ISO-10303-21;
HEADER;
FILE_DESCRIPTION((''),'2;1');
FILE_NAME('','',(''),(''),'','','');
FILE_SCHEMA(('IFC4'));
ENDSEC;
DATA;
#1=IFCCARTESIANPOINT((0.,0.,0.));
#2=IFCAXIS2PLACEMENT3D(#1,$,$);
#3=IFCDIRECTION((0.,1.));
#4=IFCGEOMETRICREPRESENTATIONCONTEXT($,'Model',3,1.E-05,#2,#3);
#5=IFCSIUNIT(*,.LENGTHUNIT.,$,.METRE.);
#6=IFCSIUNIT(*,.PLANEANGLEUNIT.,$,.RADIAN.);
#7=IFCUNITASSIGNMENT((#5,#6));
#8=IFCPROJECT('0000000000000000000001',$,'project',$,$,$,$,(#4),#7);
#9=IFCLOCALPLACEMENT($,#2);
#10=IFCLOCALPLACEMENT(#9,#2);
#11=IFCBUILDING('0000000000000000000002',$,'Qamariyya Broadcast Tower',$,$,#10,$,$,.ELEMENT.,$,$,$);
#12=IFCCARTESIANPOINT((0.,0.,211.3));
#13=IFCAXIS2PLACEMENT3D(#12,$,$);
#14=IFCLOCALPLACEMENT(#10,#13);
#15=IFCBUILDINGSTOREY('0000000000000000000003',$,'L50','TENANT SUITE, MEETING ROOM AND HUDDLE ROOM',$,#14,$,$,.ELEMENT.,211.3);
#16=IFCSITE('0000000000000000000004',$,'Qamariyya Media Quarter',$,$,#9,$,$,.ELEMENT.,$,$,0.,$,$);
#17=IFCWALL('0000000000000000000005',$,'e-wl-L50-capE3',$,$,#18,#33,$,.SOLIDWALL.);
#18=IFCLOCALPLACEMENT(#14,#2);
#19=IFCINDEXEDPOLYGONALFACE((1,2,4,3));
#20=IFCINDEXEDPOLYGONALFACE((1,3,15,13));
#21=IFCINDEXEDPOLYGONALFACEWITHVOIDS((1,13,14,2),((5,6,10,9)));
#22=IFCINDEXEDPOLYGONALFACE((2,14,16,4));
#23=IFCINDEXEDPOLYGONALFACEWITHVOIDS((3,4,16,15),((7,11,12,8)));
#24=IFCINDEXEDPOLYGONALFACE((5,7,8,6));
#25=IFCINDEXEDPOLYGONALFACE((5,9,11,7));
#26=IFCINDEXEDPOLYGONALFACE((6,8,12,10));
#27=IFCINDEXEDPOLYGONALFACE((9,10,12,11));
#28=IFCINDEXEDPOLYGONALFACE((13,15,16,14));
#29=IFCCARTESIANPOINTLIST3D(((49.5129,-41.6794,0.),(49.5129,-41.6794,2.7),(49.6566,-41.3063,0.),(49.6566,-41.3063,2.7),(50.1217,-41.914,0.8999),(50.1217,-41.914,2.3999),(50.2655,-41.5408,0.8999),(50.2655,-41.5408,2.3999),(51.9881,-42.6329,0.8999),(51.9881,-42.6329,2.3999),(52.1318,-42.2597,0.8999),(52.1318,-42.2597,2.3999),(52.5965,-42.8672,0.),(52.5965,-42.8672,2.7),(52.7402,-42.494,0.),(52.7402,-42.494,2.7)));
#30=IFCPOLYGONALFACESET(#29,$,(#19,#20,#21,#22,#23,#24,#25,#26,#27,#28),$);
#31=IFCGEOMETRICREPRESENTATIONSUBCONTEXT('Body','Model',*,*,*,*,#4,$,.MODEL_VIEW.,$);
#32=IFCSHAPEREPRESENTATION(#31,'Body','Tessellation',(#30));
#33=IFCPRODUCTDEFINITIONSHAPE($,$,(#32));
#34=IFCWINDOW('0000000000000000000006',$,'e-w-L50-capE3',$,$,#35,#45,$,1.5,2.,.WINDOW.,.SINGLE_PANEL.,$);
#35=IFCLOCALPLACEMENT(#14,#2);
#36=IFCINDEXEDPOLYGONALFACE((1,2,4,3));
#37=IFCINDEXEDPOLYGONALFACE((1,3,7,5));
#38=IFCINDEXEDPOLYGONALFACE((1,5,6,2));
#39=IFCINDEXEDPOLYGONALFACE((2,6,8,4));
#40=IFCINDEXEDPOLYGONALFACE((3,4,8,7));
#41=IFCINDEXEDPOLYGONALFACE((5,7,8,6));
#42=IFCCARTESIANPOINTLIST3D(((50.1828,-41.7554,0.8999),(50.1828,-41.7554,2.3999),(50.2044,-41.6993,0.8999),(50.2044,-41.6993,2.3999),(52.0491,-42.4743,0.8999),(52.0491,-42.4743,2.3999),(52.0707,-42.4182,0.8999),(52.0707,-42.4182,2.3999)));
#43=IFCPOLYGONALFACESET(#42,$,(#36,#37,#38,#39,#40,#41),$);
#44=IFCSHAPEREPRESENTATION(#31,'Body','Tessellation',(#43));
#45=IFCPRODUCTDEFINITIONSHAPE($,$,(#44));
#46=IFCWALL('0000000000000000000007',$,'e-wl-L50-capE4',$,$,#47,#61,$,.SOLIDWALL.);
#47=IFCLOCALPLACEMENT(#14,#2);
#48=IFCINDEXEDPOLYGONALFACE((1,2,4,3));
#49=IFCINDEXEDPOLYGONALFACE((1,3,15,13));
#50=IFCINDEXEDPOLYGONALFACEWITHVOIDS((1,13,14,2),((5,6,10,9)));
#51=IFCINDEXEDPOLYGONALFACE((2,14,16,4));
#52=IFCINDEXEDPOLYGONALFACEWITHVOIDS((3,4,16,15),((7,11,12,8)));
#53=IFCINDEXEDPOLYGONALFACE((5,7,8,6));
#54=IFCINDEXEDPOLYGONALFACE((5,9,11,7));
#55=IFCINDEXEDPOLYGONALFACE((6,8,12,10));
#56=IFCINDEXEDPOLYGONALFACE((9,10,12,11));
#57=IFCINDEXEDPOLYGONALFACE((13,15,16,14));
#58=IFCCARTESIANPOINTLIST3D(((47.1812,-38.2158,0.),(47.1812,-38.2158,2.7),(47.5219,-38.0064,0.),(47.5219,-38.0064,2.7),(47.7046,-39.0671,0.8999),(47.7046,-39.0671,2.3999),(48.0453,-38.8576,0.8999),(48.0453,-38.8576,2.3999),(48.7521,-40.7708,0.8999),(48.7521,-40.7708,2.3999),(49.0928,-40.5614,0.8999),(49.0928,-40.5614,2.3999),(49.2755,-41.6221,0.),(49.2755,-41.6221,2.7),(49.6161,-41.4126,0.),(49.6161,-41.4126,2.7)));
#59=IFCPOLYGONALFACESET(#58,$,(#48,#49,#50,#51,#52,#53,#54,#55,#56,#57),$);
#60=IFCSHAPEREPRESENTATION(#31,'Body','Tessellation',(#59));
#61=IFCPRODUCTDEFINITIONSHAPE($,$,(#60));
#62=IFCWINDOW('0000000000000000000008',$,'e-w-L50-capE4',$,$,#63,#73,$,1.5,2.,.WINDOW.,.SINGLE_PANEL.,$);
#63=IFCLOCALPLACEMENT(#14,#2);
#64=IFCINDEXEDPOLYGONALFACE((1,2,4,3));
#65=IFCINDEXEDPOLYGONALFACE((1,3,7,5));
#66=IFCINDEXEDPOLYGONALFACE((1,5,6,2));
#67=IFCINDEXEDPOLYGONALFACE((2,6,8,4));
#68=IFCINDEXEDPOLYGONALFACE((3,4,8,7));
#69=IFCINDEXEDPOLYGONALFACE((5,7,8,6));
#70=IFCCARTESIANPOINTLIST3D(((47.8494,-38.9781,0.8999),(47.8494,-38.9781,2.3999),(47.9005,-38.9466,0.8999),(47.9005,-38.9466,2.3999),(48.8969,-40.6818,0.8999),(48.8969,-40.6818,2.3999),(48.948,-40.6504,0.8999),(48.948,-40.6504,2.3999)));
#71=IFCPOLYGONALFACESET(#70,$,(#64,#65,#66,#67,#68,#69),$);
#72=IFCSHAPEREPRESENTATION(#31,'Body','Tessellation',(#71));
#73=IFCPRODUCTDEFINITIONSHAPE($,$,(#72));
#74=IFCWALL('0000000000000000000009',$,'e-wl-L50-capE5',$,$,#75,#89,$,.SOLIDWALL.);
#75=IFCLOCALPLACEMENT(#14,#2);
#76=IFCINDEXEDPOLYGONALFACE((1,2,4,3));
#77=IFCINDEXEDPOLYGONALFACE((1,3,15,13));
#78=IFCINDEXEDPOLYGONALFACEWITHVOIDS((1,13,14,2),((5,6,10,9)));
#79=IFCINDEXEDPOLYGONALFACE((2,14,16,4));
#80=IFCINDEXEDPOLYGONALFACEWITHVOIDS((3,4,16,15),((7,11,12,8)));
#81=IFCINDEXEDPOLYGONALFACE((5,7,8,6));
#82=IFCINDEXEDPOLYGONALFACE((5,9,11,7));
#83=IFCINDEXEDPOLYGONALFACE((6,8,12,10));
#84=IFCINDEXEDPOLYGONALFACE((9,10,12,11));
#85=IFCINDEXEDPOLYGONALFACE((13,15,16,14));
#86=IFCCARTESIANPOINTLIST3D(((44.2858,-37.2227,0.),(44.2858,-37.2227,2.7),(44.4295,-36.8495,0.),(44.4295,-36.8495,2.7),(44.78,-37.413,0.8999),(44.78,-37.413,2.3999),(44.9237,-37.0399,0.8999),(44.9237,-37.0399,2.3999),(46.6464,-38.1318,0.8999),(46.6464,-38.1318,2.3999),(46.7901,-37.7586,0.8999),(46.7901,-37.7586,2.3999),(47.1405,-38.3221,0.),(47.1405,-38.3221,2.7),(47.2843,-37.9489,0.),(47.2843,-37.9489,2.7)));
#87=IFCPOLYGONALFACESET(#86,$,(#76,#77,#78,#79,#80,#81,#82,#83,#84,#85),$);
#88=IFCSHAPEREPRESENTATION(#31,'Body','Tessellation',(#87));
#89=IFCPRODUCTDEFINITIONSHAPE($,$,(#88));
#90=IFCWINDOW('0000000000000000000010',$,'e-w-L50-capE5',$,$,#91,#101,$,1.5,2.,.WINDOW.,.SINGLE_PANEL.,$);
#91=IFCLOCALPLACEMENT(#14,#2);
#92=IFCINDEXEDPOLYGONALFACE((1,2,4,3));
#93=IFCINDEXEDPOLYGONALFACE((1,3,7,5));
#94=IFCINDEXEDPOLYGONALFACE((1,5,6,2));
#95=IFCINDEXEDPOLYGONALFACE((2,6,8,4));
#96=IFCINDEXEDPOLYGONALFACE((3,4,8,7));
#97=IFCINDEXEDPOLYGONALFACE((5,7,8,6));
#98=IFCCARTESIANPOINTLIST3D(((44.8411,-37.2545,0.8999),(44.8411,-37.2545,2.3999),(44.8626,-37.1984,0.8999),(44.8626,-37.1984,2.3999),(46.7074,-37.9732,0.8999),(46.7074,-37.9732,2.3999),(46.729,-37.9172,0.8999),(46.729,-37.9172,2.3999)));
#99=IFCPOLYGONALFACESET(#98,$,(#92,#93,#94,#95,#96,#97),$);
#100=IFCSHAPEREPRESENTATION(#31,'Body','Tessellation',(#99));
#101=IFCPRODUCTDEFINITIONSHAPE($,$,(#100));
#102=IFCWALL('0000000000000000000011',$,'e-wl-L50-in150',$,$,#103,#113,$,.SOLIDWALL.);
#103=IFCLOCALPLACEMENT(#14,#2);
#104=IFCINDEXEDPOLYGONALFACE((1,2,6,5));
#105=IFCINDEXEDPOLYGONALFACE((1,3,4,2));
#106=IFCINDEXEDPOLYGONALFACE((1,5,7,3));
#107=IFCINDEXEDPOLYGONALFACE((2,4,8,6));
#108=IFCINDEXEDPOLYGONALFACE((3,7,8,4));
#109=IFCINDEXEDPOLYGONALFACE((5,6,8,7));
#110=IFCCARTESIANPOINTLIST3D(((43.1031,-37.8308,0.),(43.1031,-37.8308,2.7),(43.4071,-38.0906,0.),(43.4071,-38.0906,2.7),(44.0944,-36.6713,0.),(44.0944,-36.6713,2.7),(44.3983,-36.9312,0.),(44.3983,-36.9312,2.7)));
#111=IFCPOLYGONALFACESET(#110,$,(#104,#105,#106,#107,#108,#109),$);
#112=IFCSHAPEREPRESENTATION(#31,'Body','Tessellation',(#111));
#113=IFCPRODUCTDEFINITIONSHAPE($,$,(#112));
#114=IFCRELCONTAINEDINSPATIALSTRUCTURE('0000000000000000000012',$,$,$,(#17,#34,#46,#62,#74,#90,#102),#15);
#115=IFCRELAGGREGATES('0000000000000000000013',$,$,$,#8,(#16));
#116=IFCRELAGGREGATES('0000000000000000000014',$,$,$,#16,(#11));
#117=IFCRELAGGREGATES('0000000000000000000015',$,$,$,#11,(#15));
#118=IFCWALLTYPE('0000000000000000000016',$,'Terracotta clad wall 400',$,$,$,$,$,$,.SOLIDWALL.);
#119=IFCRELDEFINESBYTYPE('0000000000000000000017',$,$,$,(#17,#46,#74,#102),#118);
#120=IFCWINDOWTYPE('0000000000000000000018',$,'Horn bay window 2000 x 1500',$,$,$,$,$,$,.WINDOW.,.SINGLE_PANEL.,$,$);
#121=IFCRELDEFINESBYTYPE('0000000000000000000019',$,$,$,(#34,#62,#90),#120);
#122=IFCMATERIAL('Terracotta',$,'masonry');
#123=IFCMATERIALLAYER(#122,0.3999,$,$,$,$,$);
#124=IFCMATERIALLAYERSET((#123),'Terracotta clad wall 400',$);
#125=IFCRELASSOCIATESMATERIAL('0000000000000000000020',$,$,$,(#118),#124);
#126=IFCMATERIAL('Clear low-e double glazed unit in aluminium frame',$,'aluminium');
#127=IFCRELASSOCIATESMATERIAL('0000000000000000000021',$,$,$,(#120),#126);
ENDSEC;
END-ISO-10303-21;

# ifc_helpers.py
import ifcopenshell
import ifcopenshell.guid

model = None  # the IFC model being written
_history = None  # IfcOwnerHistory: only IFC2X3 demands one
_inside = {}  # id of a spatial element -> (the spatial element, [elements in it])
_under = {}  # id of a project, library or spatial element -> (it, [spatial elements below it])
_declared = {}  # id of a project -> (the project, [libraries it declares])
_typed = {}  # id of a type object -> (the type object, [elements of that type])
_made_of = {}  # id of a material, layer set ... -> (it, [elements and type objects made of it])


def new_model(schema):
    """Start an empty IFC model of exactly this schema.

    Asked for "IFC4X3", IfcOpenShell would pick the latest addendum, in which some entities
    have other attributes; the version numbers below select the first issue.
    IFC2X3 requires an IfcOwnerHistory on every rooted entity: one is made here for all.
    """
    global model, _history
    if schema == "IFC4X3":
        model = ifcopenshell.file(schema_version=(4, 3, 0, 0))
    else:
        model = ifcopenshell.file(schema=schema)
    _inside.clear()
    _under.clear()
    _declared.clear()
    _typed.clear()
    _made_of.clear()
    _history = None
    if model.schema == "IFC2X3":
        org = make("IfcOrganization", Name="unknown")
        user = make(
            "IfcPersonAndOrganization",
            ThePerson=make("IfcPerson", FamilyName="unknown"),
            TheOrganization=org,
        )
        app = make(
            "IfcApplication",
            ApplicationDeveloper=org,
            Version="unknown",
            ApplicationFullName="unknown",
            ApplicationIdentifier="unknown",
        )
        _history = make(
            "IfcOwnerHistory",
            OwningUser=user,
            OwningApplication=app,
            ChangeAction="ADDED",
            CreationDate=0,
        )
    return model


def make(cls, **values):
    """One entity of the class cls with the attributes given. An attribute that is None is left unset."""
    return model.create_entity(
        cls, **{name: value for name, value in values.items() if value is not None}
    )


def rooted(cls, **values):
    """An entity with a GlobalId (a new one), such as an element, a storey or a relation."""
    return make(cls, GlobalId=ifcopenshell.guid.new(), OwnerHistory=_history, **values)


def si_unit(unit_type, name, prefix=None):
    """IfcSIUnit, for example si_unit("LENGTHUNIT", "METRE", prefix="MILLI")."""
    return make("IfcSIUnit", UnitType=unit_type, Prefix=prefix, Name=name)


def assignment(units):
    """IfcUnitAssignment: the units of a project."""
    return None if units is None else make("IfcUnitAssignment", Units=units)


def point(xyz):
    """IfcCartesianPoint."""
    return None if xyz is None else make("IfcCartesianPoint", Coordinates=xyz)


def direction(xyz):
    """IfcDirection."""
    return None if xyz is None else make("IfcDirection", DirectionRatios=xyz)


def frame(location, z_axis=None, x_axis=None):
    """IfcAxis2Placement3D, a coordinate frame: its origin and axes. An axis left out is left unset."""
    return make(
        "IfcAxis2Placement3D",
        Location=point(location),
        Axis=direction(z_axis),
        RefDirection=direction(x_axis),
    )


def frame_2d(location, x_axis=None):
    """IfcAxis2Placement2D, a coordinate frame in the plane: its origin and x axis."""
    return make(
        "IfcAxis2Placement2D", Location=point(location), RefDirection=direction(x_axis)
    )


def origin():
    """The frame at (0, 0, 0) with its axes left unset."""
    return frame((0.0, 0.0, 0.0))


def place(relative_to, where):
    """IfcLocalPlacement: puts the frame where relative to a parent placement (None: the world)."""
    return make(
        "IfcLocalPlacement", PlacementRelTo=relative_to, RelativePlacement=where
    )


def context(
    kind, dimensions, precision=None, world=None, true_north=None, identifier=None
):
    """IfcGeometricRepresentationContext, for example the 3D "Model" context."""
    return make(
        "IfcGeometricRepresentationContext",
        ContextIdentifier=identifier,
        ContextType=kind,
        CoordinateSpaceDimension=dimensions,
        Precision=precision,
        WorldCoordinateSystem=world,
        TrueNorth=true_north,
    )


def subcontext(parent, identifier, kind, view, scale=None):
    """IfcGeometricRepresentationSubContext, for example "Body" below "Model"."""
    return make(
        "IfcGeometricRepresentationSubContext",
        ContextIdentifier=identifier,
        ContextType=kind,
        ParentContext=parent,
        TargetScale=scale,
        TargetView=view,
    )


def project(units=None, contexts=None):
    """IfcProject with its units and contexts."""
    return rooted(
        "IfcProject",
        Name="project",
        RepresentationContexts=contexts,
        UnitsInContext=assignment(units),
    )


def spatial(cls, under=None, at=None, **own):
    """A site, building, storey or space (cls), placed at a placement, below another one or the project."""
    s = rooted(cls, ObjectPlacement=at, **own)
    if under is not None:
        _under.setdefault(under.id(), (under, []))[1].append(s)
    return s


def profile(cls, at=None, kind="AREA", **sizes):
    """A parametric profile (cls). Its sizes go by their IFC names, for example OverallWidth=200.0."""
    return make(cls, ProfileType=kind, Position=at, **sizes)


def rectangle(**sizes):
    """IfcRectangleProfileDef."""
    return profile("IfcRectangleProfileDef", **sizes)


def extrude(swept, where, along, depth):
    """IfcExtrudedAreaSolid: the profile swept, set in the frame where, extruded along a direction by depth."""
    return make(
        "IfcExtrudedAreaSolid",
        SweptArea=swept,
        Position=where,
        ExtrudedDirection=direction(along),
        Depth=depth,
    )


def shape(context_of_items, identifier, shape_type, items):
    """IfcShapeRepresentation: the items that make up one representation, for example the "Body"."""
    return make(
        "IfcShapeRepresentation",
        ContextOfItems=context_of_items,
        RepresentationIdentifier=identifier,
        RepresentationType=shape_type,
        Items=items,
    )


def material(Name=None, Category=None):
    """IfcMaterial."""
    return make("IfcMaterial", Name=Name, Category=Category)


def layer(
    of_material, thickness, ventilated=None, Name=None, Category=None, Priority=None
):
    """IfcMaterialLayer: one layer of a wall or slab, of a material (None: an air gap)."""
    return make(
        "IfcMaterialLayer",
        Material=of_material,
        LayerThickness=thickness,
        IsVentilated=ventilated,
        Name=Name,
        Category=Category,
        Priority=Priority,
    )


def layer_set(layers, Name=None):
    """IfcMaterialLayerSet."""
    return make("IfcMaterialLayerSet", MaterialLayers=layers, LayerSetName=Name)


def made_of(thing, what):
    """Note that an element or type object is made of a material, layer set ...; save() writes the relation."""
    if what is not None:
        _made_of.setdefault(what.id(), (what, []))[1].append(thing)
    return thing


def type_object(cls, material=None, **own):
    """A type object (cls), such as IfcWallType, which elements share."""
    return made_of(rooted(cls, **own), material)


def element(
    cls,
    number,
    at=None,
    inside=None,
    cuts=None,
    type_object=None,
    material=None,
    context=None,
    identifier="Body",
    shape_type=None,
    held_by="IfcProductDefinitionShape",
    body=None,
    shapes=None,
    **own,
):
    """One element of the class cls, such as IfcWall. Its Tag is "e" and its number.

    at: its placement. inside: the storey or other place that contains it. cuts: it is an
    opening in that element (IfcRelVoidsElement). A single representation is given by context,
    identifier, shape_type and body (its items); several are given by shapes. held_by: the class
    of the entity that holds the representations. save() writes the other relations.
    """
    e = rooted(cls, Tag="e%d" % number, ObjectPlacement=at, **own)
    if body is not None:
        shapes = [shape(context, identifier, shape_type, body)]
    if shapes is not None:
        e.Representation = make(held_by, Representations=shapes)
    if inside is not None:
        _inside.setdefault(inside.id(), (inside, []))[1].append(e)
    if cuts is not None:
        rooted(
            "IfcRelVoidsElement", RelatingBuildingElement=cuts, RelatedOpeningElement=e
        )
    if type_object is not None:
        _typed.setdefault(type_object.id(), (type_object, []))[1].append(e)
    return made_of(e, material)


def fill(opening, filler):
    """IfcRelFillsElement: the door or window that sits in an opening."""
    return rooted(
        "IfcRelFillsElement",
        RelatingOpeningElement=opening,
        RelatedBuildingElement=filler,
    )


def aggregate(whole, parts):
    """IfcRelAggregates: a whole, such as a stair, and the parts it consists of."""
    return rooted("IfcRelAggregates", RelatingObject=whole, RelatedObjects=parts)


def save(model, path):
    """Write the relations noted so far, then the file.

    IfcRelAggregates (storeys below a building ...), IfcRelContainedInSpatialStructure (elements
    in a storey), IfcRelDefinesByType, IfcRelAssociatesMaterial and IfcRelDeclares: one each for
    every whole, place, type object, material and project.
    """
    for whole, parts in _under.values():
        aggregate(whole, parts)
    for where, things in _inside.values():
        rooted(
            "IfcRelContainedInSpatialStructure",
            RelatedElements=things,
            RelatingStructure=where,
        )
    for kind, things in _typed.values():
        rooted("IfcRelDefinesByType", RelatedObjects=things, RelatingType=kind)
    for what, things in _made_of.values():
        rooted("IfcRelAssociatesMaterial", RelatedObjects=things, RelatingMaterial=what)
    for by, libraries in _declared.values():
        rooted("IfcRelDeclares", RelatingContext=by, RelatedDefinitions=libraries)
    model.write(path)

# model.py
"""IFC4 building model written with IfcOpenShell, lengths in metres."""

from ifc_helpers import new_model, si_unit, direction, frame, frame_2d, origin, place, context, subcontext, project, spatial, rectangle, extrude, material, layer, layer_set, type_object, element, fill, save


model = new_model("IFC4")

# Units and contexts
model_context = context("Model", 3, precision=1e-05, world=origin(), true_north=direction((0.0, 1.0)))
body_context = subcontext(model_context, "Body", "Model", "MODEL_VIEW")
ifc_project = project(units=[si_unit("LENGTHUNIT", "METRE"), si_unit("PLANEANGLEUNIT", "RADIAN")], contexts=[model_context])

# Site, building, storey
site_placement = place(None, origin())
site = spatial("IfcSite", under=ifc_project, at=site_placement, Name="Qamariyya Media Quarter", CompositionType="ELEMENT", RefElevation=0.0)
building_placement = place(site_placement, origin())
building = spatial("IfcBuilding", under=site, at=building_placement, Name="Qamariyya Broadcast Tower", CompositionType="ELEMENT")
storey_placement = place(building_placement, frame((0.0, 0.0, 211.3)))
storey = spatial("IfcBuildingStorey", under=building, at=storey_placement, Name="L50", Description="TENANT SUITE, MEETING ROOM AND HUDDLE ROOM", CompositionType="ELEMENT", Elevation=211.3)

# Walls, openings, windows
ifc_material_1 = material(Name="Terracotta", Category="masonry")
ifc_layer = layer(ifc_material_1, 0.3999)
ifc_layer_set = layer_set([ifc_layer], Name="Terracotta clad wall 400")
wall_type = type_object("IfcWallType", Name="Terracotta clad wall 400", PredefinedType="SOLIDWALL", material=ifc_layer_set)
ifc_material_2 = material(Name="Clear low-e double glazed unit in aluminium frame", Category="aluminium")
window_type = type_object("IfcWindowType", Name="Horn bay window 2000 x 1500", PartitioningType="SINGLE_PANEL", PredefinedType="WINDOW", material=ifc_material_2)
wall_1_placement = place(storey_placement, frame((52.6685, -42.6807, 0.0), z_axis=(0.0, 0.0, 1.0), x_axis=(-0.933165, 0.359449, 0.0)))
wall_1 = element("IfcWall", 1, at=wall_1_placement, inside=storey, type_object=wall_type, Name="e-wl-L50-capE3", PredefinedType="SOLIDWALL", context=body_context, shape_type="SweptSolid", body=[
    extrude(rectangle(XDim=3.3044, YDim=0.3999, at=frame_2d((1.6523, 0.0))), origin(), (0.0, 0.0, 1.0), 2.7),
])
opening_1_placement = place(wall_1_placement, frame((0.6521, 0.0, 0.8999)))
opening_1 = element("IfcOpeningElement", 2, at=opening_1_placement, cuts=wall_1, PredefinedType="OPENING", context=body_context, shape_type="SweptSolid", body=[
    extrude(rectangle(XDim=2.0, YDim=1.5, at=frame_2d((1.0, 0.75))), frame((0.0, 0.21, 0.0), z_axis=(0.0, -1.0, 0.0), x_axis=(1.0, 0.0, 0.0)), (0.0, 0.0, 1.0), 0.4199),
])
window_1_placement = place(opening_1_placement, origin())
window_1 = element("IfcWindow", 3, at=window_1_placement, inside=storey, type_object=window_type, Name="e-w-L50-capE3", OverallHeight=1.5, OverallWidth=2.0, PartitioningType="SINGLE_PANEL", PredefinedType="WINDOW", context=body_context, shape_type="SweptSolid", body=[
    extrude(rectangle(XDim=2.0, YDim=1.5, at=frame_2d((1.0, 0.75))), frame((0.0, 0.03, 0.0), z_axis=(0.0, -1.0, 0.0), x_axis=(1.0, 0.0, 0.0)), (0.0, 0.0, 1.0), 0.0601),
])
fill(opening_1, window_1)
wall_2_placement = place(storey_placement, frame((49.4458, -41.5173, 0.0), z_axis=(0.0, 0.0, 1.0), x_axis=(-0.52375, 0.851872, 0.0)))
wall_2 = element("IfcWall", 4, at=wall_2_placement, inside=storey, type_object=wall_type, Name="e-wl-L50-capE4", PredefinedType="SOLIDWALL", context=body_context, shape_type="SweptSolid", body=[
    extrude(rectangle(XDim=3.9985, YDim=0.3999, at=frame_2d((1.9993, 0.0))), origin(), (0.0, 0.0, 1.0), 2.7),
])
opening_2_placement = place(wall_2_placement, frame((0.9993, 0.0, 0.8999)))
opening_2 = element("IfcOpeningElement", 5, at=opening_2_placement, cuts=wall_2, PredefinedType="OPENING", context=body_context, shape_type="SweptSolid", body=[
    extrude(rectangle(XDim=2.0, YDim=1.5, at=frame_2d((1.0, 0.75))), frame((0.0, 0.21, 0.0), z_axis=(0.0, -1.0, 0.0), x_axis=(1.0, 0.0, 0.0)), (0.0, 0.0, 1.0), 0.4199),
])
window_2_placement = place(opening_2_placement, origin())
window_2 = element("IfcWindow", 6, at=window_2_placement, inside=storey, type_object=window_type, Name="e-w-L50-capE4", OverallHeight=1.5, OverallWidth=2.0, PartitioningType="SINGLE_PANEL", PredefinedType="WINDOW", context=body_context, shape_type="SweptSolid", body=[
    extrude(rectangle(XDim=2.0, YDim=1.5, at=frame_2d((1.0, 0.75))), frame((0.0, 0.03, 0.0), z_axis=(0.0, -1.0, 0.0), x_axis=(1.0, 0.0, 0.0)), (0.0, 0.0, 1.0), 0.0601),
])
fill(opening_2, window_2)
wall_3_placement = place(storey_placement, frame((47.2124, -38.1355, 0.0), z_axis=(0.0, 0.0, 1.0), x_axis=(-0.933193, 0.359375, 0.0)))
wall_3 = element("IfcWall", 7, at=wall_3_placement, inside=storey, type_object=wall_type, Name="e-wl-L50-capE5", PredefinedType="SOLIDWALL", context=body_context, shape_type="SweptSolid", body=[
    extrude(rectangle(XDim=3.0591, YDim=0.3999, at=frame_2d((1.5295, 0.0))), origin(), (0.0, 0.0, 1.0), 2.7),
])
opening_3_placement = place(wall_3_placement, frame((0.5295, 0.0, 0.8999)))
opening_3 = element("IfcOpeningElement", 8, at=opening_3_placement, cuts=wall_3, PredefinedType="OPENING", context=body_context, shape_type="SweptSolid", body=[
    extrude(rectangle(XDim=2.0, YDim=1.5, at=frame_2d((1.0, 0.75))), frame((0.0, 0.21, 0.0), z_axis=(0.0, -1.0, 0.0), x_axis=(1.0, 0.0, 0.0)), (0.0, 0.0, 1.0), 0.4199),
])
window_3_placement = place(opening_3_placement, origin())
window_3 = element("IfcWindow", 9, at=window_3_placement, inside=storey, type_object=window_type, Name="e-w-L50-capE5", OverallHeight=1.5, OverallWidth=2.0, PartitioningType="SINGLE_PANEL", PredefinedType="WINDOW", context=body_context, shape_type="SweptSolid", body=[
    extrude(rectangle(XDim=2.0, YDim=1.5, at=frame_2d((1.0, 0.75))), frame((0.0, 0.03, 0.0), z_axis=(0.0, -1.0, 0.0), x_axis=(1.0, 0.0, 0.0)), (0.0, 0.0, 1.0), 0.0601),
])
fill(opening_3, window_3)

# Wall
wall_4_placement = place(storey_placement, frame((44.2463, -36.8013, 0.0), z_axis=(0.0, 0.0, 1.0), x_axis=(-0.649815, -0.760092, 0.0)))
element("IfcWall", 10, at=wall_4_placement, inside=storey, type_object=wall_type, Name="e-wl-L50-in150", PredefinedType="SOLIDWALL", context=body_context, shape_type="SweptSolid", body=[
    extrude(rectangle(XDim=1.5254, YDim=0.3999, at=frame_2d((0.7627, 0.0))), origin(), (0.0, 0.0, 1.0), 2.7),
])

save(model, "model.ifc")
